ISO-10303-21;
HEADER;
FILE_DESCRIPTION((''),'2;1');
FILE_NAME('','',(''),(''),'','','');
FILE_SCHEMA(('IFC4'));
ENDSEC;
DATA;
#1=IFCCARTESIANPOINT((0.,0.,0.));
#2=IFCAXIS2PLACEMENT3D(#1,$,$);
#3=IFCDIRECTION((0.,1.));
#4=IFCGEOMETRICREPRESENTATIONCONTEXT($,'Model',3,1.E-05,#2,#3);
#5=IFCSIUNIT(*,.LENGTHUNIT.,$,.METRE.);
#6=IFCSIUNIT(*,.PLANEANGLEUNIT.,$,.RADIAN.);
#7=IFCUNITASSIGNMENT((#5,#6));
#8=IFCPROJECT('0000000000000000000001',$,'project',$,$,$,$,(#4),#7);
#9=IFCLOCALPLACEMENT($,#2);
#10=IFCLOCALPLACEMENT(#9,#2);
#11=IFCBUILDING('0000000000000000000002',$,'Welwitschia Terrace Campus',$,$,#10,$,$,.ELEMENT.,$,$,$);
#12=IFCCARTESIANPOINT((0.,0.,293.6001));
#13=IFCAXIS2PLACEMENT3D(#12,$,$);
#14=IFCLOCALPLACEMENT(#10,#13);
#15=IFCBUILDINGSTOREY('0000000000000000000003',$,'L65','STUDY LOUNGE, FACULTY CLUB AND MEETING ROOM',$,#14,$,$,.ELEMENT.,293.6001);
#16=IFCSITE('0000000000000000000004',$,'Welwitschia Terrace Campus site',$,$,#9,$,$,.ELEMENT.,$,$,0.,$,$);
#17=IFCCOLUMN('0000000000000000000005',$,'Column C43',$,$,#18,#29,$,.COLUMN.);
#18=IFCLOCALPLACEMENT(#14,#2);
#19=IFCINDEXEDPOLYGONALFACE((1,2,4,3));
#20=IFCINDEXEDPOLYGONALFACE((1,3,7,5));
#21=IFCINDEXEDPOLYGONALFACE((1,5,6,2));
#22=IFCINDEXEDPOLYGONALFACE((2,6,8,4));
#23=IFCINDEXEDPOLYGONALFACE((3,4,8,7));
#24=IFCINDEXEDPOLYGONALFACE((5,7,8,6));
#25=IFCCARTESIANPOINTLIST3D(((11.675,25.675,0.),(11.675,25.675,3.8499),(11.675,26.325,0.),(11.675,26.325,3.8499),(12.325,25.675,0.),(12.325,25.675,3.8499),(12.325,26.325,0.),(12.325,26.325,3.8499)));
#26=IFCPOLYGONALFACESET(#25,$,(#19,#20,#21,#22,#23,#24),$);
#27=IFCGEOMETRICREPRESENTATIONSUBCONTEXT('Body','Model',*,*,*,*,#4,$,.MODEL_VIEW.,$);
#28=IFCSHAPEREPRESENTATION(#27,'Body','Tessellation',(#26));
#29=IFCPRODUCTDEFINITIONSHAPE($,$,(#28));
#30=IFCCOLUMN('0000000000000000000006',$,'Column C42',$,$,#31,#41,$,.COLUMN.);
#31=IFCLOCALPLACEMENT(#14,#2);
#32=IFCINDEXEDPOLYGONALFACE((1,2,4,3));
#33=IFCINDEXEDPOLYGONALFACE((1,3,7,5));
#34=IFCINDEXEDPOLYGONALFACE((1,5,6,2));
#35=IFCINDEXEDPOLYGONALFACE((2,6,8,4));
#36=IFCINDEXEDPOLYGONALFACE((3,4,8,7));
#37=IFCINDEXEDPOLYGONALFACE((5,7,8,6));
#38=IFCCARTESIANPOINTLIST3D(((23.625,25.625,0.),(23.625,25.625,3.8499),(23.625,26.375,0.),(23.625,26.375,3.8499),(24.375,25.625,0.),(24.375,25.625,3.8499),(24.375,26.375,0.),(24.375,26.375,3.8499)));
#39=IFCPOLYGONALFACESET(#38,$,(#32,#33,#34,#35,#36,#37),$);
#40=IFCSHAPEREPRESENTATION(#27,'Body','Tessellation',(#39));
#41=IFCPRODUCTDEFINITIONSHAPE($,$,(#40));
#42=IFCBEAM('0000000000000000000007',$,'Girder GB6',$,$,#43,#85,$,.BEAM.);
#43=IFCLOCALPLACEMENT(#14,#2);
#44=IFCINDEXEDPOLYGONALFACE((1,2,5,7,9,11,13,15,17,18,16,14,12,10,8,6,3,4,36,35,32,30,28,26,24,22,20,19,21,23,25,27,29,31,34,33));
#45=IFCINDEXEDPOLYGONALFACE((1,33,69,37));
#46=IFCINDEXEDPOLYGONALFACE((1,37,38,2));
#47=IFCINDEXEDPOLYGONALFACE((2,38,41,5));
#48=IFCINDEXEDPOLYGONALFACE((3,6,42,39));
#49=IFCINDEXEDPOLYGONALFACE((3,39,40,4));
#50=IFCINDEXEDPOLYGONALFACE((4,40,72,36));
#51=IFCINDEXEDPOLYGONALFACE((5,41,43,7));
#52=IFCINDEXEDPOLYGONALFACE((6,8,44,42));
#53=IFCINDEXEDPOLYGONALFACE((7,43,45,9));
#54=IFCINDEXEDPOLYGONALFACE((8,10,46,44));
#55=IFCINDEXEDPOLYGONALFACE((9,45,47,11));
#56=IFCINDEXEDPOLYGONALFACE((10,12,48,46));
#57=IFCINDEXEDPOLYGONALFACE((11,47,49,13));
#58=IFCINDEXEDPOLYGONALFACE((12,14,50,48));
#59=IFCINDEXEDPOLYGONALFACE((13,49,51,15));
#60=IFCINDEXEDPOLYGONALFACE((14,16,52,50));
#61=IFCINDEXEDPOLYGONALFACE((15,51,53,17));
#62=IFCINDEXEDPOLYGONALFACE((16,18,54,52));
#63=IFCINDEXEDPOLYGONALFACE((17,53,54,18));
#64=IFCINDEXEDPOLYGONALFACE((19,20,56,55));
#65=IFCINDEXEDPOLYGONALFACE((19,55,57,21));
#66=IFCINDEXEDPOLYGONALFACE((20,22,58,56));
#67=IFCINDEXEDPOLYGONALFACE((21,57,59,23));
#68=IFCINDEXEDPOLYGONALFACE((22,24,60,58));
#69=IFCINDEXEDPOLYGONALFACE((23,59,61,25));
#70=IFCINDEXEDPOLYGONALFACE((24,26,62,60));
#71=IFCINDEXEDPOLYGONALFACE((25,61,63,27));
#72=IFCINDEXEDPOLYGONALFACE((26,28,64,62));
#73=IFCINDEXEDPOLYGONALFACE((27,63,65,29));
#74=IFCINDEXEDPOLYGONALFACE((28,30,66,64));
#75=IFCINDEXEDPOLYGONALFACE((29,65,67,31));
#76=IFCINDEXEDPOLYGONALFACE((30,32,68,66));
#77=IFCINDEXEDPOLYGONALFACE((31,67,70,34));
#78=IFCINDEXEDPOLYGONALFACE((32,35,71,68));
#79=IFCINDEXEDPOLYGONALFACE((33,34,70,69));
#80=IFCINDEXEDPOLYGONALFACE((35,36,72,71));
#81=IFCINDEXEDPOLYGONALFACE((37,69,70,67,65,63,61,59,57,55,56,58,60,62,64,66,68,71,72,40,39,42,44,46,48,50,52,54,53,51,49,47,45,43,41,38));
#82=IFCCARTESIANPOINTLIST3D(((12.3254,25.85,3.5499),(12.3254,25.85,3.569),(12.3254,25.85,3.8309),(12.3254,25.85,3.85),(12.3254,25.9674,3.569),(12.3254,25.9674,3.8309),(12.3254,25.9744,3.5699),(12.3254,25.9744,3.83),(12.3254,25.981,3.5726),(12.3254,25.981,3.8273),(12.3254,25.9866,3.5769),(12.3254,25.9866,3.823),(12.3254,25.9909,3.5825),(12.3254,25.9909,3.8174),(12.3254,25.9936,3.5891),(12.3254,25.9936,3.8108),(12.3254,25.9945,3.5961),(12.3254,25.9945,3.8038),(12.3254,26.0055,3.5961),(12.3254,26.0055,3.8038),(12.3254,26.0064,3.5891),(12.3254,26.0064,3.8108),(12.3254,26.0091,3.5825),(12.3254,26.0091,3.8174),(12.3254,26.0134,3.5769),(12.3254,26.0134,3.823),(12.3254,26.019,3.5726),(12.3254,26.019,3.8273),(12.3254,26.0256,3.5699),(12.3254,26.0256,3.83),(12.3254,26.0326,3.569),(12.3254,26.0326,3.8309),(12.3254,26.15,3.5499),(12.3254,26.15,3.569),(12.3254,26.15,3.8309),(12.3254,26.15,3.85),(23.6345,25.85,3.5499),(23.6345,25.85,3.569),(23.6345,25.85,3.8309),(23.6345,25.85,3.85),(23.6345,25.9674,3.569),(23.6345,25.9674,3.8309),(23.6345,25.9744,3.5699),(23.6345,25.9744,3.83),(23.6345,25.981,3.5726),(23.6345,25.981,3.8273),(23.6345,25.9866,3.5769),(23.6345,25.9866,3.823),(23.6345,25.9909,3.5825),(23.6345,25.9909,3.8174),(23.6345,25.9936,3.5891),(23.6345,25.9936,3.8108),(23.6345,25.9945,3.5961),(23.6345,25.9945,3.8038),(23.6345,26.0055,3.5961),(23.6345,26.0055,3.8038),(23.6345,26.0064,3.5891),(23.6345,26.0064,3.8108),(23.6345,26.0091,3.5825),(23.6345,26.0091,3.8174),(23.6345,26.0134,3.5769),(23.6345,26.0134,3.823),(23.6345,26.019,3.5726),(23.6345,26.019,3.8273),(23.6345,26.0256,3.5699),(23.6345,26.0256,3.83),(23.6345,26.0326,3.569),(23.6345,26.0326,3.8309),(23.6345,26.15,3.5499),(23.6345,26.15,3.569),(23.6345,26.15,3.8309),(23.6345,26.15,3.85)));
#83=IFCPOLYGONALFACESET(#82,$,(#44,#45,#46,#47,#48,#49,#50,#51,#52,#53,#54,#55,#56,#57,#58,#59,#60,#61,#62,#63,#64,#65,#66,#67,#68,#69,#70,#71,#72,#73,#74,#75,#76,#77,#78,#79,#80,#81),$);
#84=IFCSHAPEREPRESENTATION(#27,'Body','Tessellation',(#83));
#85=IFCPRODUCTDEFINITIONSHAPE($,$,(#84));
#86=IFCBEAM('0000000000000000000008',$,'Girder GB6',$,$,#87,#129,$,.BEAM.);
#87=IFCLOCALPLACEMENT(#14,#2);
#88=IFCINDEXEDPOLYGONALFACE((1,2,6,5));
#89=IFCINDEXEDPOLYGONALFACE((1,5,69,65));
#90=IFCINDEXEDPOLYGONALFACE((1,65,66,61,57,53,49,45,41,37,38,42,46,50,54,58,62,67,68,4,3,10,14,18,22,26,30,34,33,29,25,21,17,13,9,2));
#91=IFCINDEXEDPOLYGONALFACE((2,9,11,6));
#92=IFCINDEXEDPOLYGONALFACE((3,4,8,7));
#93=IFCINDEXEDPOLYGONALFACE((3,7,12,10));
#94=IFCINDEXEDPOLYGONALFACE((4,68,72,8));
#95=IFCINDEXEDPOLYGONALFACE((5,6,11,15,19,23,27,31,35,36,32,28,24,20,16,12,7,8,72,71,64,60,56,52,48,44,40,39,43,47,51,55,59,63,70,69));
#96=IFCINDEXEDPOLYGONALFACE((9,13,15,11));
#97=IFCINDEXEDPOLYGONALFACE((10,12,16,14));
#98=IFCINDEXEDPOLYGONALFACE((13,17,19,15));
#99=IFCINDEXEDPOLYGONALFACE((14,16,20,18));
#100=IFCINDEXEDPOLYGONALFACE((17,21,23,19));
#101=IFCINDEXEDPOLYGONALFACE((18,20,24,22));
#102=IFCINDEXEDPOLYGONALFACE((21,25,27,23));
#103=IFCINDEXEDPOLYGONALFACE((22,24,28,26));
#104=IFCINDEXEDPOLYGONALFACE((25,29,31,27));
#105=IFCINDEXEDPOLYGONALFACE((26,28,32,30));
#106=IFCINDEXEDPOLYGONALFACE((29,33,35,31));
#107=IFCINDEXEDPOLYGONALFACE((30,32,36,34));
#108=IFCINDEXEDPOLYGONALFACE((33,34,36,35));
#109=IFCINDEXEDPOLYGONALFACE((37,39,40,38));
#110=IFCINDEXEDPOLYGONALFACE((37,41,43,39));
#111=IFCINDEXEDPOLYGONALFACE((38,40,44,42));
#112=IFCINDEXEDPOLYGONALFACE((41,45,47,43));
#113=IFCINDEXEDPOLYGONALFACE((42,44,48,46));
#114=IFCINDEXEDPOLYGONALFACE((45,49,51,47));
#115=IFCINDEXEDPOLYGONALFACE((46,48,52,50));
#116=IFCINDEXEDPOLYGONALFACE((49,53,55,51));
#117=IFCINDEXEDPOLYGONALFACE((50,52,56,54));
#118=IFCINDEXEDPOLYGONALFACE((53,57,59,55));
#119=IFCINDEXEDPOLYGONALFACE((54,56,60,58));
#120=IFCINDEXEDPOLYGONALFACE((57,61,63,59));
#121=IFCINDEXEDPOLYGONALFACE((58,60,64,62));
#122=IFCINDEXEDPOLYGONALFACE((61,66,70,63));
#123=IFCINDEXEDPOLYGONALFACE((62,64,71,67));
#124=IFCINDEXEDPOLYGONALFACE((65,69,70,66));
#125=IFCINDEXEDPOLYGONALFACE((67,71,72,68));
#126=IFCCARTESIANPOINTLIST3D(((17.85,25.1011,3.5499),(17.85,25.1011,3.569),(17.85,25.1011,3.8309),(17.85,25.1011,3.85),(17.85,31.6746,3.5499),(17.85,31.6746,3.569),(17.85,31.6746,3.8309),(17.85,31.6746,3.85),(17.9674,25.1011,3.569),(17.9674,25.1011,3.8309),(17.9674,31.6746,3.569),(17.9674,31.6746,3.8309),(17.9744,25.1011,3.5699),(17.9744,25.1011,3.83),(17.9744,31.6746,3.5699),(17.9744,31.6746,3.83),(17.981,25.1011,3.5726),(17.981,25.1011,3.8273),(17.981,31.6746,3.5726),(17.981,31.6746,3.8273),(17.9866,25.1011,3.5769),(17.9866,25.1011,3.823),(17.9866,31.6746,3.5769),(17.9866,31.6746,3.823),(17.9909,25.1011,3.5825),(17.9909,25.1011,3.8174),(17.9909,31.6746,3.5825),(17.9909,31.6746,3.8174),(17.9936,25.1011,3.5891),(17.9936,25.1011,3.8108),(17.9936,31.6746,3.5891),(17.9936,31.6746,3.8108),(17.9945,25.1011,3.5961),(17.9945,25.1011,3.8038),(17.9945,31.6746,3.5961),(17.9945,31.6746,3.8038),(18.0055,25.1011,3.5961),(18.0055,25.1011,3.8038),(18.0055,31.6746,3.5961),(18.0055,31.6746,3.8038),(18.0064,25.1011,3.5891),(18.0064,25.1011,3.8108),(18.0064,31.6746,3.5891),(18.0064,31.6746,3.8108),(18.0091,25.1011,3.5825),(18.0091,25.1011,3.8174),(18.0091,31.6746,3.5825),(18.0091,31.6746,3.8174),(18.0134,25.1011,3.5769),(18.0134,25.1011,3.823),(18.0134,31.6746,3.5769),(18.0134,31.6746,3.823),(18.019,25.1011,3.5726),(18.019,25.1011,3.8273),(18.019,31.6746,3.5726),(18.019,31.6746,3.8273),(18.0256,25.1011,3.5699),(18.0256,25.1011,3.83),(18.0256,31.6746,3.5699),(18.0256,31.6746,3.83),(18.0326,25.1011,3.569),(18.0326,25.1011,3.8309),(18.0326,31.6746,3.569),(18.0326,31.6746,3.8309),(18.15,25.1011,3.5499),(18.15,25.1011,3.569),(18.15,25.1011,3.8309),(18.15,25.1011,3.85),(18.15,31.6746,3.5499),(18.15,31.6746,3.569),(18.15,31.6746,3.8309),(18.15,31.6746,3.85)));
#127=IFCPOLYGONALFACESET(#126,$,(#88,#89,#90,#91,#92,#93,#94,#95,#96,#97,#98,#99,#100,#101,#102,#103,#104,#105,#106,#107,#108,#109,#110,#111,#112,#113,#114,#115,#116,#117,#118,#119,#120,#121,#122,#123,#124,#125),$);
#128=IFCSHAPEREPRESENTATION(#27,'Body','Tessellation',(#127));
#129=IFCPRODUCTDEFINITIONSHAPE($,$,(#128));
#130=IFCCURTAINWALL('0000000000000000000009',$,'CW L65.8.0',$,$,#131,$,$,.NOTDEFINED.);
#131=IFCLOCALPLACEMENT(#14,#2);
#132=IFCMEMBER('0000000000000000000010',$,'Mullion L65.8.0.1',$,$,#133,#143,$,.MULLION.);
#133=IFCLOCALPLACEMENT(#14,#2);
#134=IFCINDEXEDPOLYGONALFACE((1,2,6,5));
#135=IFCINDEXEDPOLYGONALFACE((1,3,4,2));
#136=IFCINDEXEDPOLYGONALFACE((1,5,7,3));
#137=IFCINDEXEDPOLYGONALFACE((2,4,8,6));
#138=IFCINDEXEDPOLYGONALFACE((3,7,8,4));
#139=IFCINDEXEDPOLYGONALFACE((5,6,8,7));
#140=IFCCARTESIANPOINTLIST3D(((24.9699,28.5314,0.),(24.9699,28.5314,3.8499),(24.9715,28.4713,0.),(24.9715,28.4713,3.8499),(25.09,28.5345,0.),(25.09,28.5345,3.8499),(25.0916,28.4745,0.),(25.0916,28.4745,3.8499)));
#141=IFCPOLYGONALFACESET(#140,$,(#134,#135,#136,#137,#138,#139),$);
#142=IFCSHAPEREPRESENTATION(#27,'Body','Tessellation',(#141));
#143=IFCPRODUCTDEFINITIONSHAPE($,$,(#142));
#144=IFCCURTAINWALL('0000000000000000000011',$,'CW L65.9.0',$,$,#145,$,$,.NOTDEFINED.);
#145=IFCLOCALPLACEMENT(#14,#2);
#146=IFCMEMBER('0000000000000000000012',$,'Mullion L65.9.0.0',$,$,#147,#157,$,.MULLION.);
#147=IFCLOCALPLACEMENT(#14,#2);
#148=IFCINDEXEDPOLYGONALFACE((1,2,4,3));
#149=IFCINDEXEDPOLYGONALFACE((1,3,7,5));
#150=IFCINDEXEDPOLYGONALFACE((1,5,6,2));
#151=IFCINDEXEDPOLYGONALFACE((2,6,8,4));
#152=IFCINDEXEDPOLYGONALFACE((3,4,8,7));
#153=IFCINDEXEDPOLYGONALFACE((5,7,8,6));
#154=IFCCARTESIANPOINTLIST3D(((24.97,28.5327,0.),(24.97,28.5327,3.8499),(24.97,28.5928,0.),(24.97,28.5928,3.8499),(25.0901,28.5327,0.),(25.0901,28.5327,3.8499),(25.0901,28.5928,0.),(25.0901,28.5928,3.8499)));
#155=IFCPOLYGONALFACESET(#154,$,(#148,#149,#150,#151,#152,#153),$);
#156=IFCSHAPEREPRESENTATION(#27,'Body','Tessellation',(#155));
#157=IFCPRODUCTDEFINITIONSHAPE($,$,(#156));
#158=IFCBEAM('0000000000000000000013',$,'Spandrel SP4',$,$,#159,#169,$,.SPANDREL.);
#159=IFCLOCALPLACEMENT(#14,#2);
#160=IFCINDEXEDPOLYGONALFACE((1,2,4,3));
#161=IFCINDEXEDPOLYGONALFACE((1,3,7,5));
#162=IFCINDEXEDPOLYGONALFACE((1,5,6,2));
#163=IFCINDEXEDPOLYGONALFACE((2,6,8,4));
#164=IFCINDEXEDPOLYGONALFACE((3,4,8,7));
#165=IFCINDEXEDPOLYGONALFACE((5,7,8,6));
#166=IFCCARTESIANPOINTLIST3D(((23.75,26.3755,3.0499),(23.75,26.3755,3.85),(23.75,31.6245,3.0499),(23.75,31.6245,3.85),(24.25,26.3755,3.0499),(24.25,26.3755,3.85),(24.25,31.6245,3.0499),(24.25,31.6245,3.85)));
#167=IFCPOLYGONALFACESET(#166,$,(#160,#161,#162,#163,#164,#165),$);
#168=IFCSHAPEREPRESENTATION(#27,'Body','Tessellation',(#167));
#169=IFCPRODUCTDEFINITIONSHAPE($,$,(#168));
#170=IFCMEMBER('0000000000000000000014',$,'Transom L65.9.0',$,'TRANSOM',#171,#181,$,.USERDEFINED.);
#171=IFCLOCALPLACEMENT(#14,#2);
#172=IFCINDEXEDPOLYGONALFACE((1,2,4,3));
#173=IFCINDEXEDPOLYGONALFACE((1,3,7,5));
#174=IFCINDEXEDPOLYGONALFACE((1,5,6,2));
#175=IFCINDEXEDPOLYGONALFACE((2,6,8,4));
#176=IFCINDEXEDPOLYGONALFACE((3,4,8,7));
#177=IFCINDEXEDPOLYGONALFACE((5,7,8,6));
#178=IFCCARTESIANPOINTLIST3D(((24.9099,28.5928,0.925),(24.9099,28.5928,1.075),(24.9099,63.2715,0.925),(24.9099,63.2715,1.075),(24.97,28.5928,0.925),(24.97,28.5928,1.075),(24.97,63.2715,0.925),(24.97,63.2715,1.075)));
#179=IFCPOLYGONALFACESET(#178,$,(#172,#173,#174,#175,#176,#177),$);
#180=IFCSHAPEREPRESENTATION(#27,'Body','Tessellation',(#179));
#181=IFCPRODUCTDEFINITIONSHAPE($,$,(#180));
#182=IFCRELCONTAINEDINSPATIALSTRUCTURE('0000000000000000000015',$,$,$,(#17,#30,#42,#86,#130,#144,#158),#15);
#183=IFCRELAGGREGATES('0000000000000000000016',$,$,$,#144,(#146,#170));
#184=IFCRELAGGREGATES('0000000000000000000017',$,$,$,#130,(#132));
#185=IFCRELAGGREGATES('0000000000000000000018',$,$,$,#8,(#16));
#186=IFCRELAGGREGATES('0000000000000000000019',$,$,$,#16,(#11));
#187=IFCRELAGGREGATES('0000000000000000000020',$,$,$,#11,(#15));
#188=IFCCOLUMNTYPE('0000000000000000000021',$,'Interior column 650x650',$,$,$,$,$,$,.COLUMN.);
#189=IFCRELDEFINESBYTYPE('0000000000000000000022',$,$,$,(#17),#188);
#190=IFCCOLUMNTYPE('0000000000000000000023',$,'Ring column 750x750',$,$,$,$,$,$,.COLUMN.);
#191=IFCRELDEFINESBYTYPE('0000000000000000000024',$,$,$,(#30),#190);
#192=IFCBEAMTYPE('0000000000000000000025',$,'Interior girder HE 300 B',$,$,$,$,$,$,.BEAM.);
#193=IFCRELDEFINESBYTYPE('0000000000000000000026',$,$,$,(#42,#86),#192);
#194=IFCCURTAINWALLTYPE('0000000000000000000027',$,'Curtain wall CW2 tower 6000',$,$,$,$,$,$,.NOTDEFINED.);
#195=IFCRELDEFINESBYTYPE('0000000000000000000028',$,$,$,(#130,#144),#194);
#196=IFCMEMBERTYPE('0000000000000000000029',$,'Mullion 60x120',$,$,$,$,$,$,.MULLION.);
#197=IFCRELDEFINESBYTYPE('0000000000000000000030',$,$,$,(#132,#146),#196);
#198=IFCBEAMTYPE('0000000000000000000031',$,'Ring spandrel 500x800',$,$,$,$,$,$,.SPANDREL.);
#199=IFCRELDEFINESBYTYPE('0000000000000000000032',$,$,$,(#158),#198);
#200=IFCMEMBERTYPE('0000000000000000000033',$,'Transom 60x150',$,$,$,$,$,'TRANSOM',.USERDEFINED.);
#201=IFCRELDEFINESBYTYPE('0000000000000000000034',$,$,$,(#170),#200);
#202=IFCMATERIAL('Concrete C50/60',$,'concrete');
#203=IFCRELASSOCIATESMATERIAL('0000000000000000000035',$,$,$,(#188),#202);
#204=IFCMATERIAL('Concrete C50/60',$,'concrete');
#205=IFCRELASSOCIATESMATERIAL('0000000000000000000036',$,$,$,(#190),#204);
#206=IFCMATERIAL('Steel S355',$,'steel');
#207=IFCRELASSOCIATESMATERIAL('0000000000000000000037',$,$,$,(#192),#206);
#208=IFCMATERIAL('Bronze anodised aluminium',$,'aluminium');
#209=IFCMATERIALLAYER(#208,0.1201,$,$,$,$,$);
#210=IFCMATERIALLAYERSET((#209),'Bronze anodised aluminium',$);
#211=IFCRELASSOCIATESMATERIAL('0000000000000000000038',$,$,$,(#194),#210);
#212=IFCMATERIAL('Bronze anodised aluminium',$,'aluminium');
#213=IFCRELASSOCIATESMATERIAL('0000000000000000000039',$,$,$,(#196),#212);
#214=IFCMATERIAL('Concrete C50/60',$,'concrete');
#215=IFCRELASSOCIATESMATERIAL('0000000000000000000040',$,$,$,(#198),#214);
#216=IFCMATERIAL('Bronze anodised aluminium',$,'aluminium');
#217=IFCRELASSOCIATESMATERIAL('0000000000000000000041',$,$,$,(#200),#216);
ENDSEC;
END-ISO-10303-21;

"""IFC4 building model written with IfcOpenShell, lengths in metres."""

from ifc_helpers import new_model, si_unit, direction, frame, origin, origin_2d, place, context, subcontext, project, spatial, rectangle, i_section, extrude, material, layer, layer_set, material_profile, profile_set, type_object, element, aggregate, save


model = new_model("IFC4")

# Units and contexts
model_context = context("Model", 3, precision=1e-05, world=origin(), true_north=direction((0.0, 1.0)))
body_context = subcontext(model_context, "Body", "Model", "MODEL_VIEW")
ifc_project = project(units=[si_unit("LENGTHUNIT", "METRE"), si_unit("PLANEANGLEUNIT", "RADIAN")], contexts=[model_context])

# Site, building, storey
site_placement = place(None, origin())
site = spatial("IfcSite", under=ifc_project, at=site_placement, Name="Welwitschia Terrace Campus site", CompositionType="ELEMENT", RefElevation=0.0)
building_placement = place(site_placement, origin())
building = spatial("IfcBuilding", under=site, at=building_placement, Name="Welwitschia Terrace Campus", CompositionType="ELEMENT")
storey_placement = place(building_placement, frame((0.0, 0.0, 293.6001)))
storey = spatial("IfcBuildingStorey", under=building, at=storey_placement, Name="L65", Description="STUDY LOUNGE, FACULTY CLUB AND MEETING ROOM", CompositionType="ELEMENT", Elevation=293.6001)

# Columns
ifc_material_1 = material(Name="Concrete C50/60", Category="concrete")
ifc_material_profile_1 = material_profile(ifc_material_1, rectangle(XDim=0.6499, YDim=0.6499, at=origin_2d()))
ifc_profile_set_1 = profile_set([ifc_material_profile_1], Name="Concrete C50/60")
column_type_1 = type_object("IfcColumnType", Name="Interior column 650x650", PredefinedType="COLUMN", material=ifc_profile_set_1)
column_1_placement = place(storey_placement, frame((12.0, 26.0, 0.0), z_axis=(0.0, 0.0, 1.0), x_axis=(1.0, 0.0, 0.0)))
element("IfcColumn", 1, at=column_1_placement, inside=storey, type_object=column_type_1, Name="Column C43", PredefinedType="COLUMN", context=body_context, shape_type="SweptSolid", body=[
    extrude(rectangle(XDim=0.6499, YDim=0.6499, at=origin_2d()), origin(), (0.0, 0.0, 1.0), 3.8499),
])
ifc_material_2 = material(Name="Concrete C50/60", Category="concrete")
ifc_material_profile_2 = material_profile(ifc_material_2, rectangle(XDim=0.75, YDim=0.75, at=origin_2d()))
ifc_profile_set_2 = profile_set([ifc_material_profile_2], Name="Concrete C50/60")
column_type_2 = type_object("IfcColumnType", Name="Ring column 750x750", PredefinedType="COLUMN", material=ifc_profile_set_2)
column_2_placement = place(storey_placement, frame((24.0, 26.0, 0.0), z_axis=(0.0, 0.0, 1.0), x_axis=(1.0, 0.0, 0.0)))
element("IfcColumn", 2, at=column_2_placement, inside=storey, type_object=column_type_2, Name="Column C42", PredefinedType="COLUMN", context=body_context, shape_type="SweptSolid", body=[
    extrude(rectangle(XDim=0.75, YDim=0.75, at=origin_2d()), origin(), (0.0, 0.0, 1.0), 3.8499),
])

# Beams
ifc_material_3 = material(Name="Steel S355", Category="steel")
ifc_material_profile_3 = material_profile(ifc_material_3, i_section(OverallWidth=0.3, OverallDepth=0.3, WebThickness=0.011, FlangeThickness=0.019, FilletRadius=0.0271, at=origin_2d()))
ifc_profile_set_3 = profile_set([ifc_material_profile_3], Name="Steel S355")
beam_type_1 = type_object("IfcBeamType", Name="Interior girder HE 300 B", PredefinedType="BEAM", material=ifc_profile_set_3)
beam_1_placement = place(storey_placement, frame((12.3254, 26.0, 3.7), z_axis=(1.0, 0.0, 0.0), x_axis=(0.0, 1.0, 0.0)))
element("IfcBeam", 3, at=beam_1_placement, inside=storey, type_object=beam_type_1, Name="Girder GB6", PredefinedType="BEAM", context=body_context, shape_type="SweptSolid", body=[
    extrude(i_section(OverallWidth=0.3, OverallDepth=0.3, WebThickness=0.011, FlangeThickness=0.019, FilletRadius=0.0271, at=origin_2d()), origin(), (0.0, 0.0, 1.0), 11.3091),
])
beam_2_placement = place(storey_placement, frame((18.0, 25.1011, 3.7), z_axis=(0.0, 1.0, 0.0), x_axis=(-1.0, 0.0, 0.0)))
element("IfcBeam", 4, at=beam_2_placement, inside=storey, type_object=beam_type_1, Name="Girder GB6", PredefinedType="BEAM", context=body_context, shape_type="SweptSolid", body=[
    extrude(i_section(OverallWidth=0.3, OverallDepth=0.3, WebThickness=0.011, FlangeThickness=0.019, FilletRadius=0.0271, at=origin_2d()), origin(), (0.0, 0.0, 1.0), 6.5735),
])

# Curtain walls, members
ifc_material_4 = material(Name="Bronze anodised aluminium", Category="aluminium")
ifc_layer_1 = layer(ifc_material_4, 0.1201)
ifc_layer_set_1 = layer_set([ifc_layer_1], Name="Bronze anodised aluminium")
curtain_wall_type = type_object("IfcCurtainWallType", Name="Curtain wall CW2 tower 6000", PredefinedType="NOTDEFINED", material=ifc_layer_set_1)
curtain_wall_1_placement = place(storey_placement, origin())
curtain_wall_1 = element("IfcCurtainWall", 5, at=curtain_wall_1_placement, inside=storey, type_object=curtain_wall_type, Name="CW L65.8.0", PredefinedType="NOTDEFINED")
ifc_material_5 = material(Name="Bronze anodised aluminium", Category="aluminium")
ifc_material_profile_4 = material_profile(ifc_material_5, rectangle(XDim=0.1201, YDim=0.0601, at=origin_2d()))
ifc_profile_set_4 = profile_set([ifc_material_profile_4], Name="Bronze anodised aluminium")
member_type_1 = type_object("IfcMemberType", Name="Mullion 60x120", PredefinedType="MULLION", material=ifc_profile_set_4)
member_1_placement = place(storey_placement, frame((25.0308, 28.5029, 0.0), z_axis=(0.0, 0.0, 1.0), x_axis=(-0.999657, -0.026177, 0.0)))
member_1 = element("IfcMember", 6, at=member_1_placement, type_object=member_type_1, Name="Mullion L65.8.0.1", PredefinedType="MULLION", context=body_context, shape_type="SweptSolid", body=[
    extrude(rectangle(XDim=0.1201, YDim=0.0601, at=origin_2d()), origin(), (0.0, 0.0, 1.0), 3.8499),
])
curtain_wall_2_placement = place(storey_placement, origin())
curtain_wall_2 = element("IfcCurtainWall", 7, at=curtain_wall_2_placement, inside=storey, type_object=curtain_wall_type, Name="CW L65.9.0", PredefinedType="NOTDEFINED")
member_2_placement = place(storey_placement, frame((25.03, 28.5627, 0.0), z_axis=(0.0, 0.0, 1.0), x_axis=(-1.0, 0.0, 0.0)))
member_2 = element("IfcMember", 8, at=member_2_placement, type_object=member_type_1, Name="Mullion L65.9.0.0", PredefinedType="MULLION", context=body_context, shape_type="SweptSolid", body=[
    extrude(rectangle(XDim=0.1201, YDim=0.0601, at=origin_2d()), origin(), (0.0, 0.0, 1.0), 3.8499),
])

# Beam
ifc_material_6 = material(Name="Concrete C50/60", Category="concrete")
ifc_material_profile_5 = material_profile(ifc_material_6, rectangle(XDim=0.5, YDim=0.8, at=origin_2d()))
ifc_profile_set_5 = profile_set([ifc_material_profile_5], Name="Concrete C50/60")
beam_type_2 = type_object("IfcBeamType", Name="Ring spandrel 500x800", PredefinedType="SPANDREL", material=ifc_profile_set_5)
beam_3_placement = place(storey_placement, frame((24.0, 26.3755, 3.45), z_axis=(0.0, 1.0, 0.0), x_axis=(-1.0, 0.0, 0.0)))
element("IfcBeam", 9, at=beam_3_placement, inside=storey, type_object=beam_type_2, Name="Spandrel SP4", PredefinedType="SPANDREL", context=body_context, shape_type="SweptSolid", body=[
    extrude(rectangle(XDim=0.5, YDim=0.8, at=origin_2d()), origin(), (0.0, 0.0, 1.0), 5.249),
])

# Member
ifc_material_7 = material(Name="Bronze anodised aluminium", Category="aluminium")
ifc_material_profile_6 = material_profile(ifc_material_7, rectangle(XDim=0.0601, YDim=0.1499, at=origin_2d()))
ifc_profile_set_6 = profile_set([ifc_material_profile_6], Name="Bronze anodised aluminium")
member_type_2 = type_object("IfcMemberType", Name="Transom 60x150", ElementType="TRANSOM", PredefinedType="USERDEFINED", material=ifc_profile_set_6)
member_3_placement = place(storey_placement, frame((24.9399, 28.5928, 1.0), z_axis=(0.0, 1.0, 0.0), x_axis=(-1.0, 0.0, 0.0)))
member_3 = element("IfcMember", 10, at=member_3_placement, type_object=member_type_2, Name="Transom L65.9.0", ObjectType="TRANSOM", PredefinedType="USERDEFINED", context=body_context, shape_type="SweptSolid", body=[
    extrude(rectangle(XDim=0.0601, YDim=0.1499, at=origin_2d()), origin(), (0.0, 0.0, 1.0), 34.6787),
])
aggregate(curtain_wall_2, [member_2, member_3])

aggregate(curtain_wall_1, [member_1])

save(model, "model.ifc")
